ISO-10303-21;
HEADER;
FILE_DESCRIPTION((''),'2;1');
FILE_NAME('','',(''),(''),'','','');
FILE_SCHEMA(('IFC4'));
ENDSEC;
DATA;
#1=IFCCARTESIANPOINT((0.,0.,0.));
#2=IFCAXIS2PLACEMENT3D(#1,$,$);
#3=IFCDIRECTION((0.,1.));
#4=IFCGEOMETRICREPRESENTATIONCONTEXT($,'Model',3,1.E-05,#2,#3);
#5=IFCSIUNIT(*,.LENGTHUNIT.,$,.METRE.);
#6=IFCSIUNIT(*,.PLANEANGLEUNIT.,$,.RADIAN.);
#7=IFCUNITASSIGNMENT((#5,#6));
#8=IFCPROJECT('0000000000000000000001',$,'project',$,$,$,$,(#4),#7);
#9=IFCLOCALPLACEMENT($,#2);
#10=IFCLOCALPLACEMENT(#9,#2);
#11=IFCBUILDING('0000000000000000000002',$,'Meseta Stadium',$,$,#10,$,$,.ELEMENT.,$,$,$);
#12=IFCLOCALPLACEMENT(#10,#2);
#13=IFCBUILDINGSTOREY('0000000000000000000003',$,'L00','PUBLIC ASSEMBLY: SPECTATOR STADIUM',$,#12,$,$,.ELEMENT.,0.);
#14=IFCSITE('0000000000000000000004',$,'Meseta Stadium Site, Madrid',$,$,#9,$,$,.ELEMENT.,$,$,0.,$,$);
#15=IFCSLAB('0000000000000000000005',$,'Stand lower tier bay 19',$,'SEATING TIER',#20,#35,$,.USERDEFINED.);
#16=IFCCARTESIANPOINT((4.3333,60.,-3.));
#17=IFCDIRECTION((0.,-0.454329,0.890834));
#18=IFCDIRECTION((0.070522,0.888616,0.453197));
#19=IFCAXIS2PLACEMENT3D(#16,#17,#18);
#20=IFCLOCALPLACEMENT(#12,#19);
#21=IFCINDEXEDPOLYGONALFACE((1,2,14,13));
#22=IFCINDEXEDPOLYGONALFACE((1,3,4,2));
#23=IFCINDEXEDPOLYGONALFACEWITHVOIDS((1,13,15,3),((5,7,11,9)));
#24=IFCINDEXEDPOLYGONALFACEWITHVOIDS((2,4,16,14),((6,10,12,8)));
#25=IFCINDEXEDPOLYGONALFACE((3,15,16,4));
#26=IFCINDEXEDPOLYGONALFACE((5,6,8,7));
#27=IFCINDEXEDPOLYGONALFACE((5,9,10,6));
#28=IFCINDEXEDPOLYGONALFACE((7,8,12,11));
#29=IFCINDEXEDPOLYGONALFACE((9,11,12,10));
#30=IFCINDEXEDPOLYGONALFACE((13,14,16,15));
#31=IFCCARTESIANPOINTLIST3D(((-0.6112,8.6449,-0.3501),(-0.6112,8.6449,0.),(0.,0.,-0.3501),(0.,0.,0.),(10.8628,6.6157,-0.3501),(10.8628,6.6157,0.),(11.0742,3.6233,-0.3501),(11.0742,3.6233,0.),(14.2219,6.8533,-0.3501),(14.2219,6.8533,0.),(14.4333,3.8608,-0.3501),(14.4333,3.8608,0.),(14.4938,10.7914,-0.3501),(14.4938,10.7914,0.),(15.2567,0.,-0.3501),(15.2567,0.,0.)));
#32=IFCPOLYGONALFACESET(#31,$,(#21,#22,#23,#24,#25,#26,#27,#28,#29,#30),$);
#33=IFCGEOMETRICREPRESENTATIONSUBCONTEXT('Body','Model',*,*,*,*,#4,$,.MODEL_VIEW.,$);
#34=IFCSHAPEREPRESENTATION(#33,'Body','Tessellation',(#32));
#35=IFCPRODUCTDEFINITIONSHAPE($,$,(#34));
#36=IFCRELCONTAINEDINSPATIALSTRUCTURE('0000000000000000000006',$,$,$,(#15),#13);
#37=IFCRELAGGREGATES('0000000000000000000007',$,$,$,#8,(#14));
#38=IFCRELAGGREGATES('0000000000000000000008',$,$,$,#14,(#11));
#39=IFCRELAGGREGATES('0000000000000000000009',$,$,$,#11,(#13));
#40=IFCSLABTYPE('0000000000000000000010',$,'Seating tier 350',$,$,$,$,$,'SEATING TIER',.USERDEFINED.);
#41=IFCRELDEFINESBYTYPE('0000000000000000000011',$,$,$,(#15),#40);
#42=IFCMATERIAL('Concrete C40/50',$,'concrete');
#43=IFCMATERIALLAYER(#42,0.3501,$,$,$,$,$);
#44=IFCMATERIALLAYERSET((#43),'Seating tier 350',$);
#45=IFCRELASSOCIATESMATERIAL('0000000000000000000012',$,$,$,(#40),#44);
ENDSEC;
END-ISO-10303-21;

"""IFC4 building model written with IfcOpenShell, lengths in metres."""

from ifc_helpers import new_model, si_unit, direction, frame, origin, place, context, subcontext, project, spatial, polyline, outline, extrude, material, layer, layer_set, type_object, element, save


model = new_model("IFC4")

# Units and contexts
model_context = context("Model", 3, precision=1e-05, world=origin(), true_north=direction((0.0, 1.0)))
body_context = subcontext(model_context, "Body", "Model", "MODEL_VIEW")
ifc_project = project(units=[si_unit("LENGTHUNIT", "METRE"), si_unit("PLANEANGLEUNIT", "RADIAN")], contexts=[model_context])

# Site, building, storey
site_placement = place(None, origin())
site = spatial("IfcSite", under=ifc_project, at=site_placement, Name="Meseta Stadium Site, Madrid", CompositionType="ELEMENT", RefElevation=0.0)
building_placement = place(site_placement, origin())
building = spatial("IfcBuilding", under=site, at=building_placement, Name="Meseta Stadium", CompositionType="ELEMENT")
storey_placement = place(building_placement, origin())
storey = spatial("IfcBuildingStorey", under=building, at=storey_placement, Name="L00", Description="PUBLIC ASSEMBLY: SPECTATOR STADIUM", CompositionType="ELEMENT", Elevation=0.0)

# Slab
ifc_material_1 = material(Name="Concrete C40/50", Category="concrete")
ifc_layer_1 = layer(ifc_material_1, 0.3501)
ifc_layer_set_1 = layer_set([ifc_layer_1], Name="Seating tier 350")
slab_type = type_object("IfcSlabType", Name="Seating tier 350", ElementType="SEATING TIER", PredefinedType="USERDEFINED", material=ifc_layer_set_1)
slab_1_placement = place(storey_placement, frame((4.3333, 60.0, -3.0), z_axis=(0.0, -0.454329, 0.890834), x_axis=(0.070522, 0.888616, 0.453197)))
element("IfcSlab", 1, at=slab_1_placement, inside=storey, type_object=slab_type, Name="Stand lower tier bay 19", ObjectType="SEATING TIER", PredefinedType="USERDEFINED", context=body_context, shape_type="SweptSolid", body=[
    extrude(outline(polyline([(0.0, 0.0), (15.2567, 0.0), (14.4938, 10.7914), (-0.6112, 8.6449), (0.0, 0.0)]), holes=[polyline([(11.0742, 3.6233), (14.4333, 3.8608), (14.2219, 6.8533), (10.8628, 6.6157), (11.0742, 3.6233)])]), origin(), (0.0, 0.0, -1.0), 0.3501),
])

save(model, "model.ifc")
